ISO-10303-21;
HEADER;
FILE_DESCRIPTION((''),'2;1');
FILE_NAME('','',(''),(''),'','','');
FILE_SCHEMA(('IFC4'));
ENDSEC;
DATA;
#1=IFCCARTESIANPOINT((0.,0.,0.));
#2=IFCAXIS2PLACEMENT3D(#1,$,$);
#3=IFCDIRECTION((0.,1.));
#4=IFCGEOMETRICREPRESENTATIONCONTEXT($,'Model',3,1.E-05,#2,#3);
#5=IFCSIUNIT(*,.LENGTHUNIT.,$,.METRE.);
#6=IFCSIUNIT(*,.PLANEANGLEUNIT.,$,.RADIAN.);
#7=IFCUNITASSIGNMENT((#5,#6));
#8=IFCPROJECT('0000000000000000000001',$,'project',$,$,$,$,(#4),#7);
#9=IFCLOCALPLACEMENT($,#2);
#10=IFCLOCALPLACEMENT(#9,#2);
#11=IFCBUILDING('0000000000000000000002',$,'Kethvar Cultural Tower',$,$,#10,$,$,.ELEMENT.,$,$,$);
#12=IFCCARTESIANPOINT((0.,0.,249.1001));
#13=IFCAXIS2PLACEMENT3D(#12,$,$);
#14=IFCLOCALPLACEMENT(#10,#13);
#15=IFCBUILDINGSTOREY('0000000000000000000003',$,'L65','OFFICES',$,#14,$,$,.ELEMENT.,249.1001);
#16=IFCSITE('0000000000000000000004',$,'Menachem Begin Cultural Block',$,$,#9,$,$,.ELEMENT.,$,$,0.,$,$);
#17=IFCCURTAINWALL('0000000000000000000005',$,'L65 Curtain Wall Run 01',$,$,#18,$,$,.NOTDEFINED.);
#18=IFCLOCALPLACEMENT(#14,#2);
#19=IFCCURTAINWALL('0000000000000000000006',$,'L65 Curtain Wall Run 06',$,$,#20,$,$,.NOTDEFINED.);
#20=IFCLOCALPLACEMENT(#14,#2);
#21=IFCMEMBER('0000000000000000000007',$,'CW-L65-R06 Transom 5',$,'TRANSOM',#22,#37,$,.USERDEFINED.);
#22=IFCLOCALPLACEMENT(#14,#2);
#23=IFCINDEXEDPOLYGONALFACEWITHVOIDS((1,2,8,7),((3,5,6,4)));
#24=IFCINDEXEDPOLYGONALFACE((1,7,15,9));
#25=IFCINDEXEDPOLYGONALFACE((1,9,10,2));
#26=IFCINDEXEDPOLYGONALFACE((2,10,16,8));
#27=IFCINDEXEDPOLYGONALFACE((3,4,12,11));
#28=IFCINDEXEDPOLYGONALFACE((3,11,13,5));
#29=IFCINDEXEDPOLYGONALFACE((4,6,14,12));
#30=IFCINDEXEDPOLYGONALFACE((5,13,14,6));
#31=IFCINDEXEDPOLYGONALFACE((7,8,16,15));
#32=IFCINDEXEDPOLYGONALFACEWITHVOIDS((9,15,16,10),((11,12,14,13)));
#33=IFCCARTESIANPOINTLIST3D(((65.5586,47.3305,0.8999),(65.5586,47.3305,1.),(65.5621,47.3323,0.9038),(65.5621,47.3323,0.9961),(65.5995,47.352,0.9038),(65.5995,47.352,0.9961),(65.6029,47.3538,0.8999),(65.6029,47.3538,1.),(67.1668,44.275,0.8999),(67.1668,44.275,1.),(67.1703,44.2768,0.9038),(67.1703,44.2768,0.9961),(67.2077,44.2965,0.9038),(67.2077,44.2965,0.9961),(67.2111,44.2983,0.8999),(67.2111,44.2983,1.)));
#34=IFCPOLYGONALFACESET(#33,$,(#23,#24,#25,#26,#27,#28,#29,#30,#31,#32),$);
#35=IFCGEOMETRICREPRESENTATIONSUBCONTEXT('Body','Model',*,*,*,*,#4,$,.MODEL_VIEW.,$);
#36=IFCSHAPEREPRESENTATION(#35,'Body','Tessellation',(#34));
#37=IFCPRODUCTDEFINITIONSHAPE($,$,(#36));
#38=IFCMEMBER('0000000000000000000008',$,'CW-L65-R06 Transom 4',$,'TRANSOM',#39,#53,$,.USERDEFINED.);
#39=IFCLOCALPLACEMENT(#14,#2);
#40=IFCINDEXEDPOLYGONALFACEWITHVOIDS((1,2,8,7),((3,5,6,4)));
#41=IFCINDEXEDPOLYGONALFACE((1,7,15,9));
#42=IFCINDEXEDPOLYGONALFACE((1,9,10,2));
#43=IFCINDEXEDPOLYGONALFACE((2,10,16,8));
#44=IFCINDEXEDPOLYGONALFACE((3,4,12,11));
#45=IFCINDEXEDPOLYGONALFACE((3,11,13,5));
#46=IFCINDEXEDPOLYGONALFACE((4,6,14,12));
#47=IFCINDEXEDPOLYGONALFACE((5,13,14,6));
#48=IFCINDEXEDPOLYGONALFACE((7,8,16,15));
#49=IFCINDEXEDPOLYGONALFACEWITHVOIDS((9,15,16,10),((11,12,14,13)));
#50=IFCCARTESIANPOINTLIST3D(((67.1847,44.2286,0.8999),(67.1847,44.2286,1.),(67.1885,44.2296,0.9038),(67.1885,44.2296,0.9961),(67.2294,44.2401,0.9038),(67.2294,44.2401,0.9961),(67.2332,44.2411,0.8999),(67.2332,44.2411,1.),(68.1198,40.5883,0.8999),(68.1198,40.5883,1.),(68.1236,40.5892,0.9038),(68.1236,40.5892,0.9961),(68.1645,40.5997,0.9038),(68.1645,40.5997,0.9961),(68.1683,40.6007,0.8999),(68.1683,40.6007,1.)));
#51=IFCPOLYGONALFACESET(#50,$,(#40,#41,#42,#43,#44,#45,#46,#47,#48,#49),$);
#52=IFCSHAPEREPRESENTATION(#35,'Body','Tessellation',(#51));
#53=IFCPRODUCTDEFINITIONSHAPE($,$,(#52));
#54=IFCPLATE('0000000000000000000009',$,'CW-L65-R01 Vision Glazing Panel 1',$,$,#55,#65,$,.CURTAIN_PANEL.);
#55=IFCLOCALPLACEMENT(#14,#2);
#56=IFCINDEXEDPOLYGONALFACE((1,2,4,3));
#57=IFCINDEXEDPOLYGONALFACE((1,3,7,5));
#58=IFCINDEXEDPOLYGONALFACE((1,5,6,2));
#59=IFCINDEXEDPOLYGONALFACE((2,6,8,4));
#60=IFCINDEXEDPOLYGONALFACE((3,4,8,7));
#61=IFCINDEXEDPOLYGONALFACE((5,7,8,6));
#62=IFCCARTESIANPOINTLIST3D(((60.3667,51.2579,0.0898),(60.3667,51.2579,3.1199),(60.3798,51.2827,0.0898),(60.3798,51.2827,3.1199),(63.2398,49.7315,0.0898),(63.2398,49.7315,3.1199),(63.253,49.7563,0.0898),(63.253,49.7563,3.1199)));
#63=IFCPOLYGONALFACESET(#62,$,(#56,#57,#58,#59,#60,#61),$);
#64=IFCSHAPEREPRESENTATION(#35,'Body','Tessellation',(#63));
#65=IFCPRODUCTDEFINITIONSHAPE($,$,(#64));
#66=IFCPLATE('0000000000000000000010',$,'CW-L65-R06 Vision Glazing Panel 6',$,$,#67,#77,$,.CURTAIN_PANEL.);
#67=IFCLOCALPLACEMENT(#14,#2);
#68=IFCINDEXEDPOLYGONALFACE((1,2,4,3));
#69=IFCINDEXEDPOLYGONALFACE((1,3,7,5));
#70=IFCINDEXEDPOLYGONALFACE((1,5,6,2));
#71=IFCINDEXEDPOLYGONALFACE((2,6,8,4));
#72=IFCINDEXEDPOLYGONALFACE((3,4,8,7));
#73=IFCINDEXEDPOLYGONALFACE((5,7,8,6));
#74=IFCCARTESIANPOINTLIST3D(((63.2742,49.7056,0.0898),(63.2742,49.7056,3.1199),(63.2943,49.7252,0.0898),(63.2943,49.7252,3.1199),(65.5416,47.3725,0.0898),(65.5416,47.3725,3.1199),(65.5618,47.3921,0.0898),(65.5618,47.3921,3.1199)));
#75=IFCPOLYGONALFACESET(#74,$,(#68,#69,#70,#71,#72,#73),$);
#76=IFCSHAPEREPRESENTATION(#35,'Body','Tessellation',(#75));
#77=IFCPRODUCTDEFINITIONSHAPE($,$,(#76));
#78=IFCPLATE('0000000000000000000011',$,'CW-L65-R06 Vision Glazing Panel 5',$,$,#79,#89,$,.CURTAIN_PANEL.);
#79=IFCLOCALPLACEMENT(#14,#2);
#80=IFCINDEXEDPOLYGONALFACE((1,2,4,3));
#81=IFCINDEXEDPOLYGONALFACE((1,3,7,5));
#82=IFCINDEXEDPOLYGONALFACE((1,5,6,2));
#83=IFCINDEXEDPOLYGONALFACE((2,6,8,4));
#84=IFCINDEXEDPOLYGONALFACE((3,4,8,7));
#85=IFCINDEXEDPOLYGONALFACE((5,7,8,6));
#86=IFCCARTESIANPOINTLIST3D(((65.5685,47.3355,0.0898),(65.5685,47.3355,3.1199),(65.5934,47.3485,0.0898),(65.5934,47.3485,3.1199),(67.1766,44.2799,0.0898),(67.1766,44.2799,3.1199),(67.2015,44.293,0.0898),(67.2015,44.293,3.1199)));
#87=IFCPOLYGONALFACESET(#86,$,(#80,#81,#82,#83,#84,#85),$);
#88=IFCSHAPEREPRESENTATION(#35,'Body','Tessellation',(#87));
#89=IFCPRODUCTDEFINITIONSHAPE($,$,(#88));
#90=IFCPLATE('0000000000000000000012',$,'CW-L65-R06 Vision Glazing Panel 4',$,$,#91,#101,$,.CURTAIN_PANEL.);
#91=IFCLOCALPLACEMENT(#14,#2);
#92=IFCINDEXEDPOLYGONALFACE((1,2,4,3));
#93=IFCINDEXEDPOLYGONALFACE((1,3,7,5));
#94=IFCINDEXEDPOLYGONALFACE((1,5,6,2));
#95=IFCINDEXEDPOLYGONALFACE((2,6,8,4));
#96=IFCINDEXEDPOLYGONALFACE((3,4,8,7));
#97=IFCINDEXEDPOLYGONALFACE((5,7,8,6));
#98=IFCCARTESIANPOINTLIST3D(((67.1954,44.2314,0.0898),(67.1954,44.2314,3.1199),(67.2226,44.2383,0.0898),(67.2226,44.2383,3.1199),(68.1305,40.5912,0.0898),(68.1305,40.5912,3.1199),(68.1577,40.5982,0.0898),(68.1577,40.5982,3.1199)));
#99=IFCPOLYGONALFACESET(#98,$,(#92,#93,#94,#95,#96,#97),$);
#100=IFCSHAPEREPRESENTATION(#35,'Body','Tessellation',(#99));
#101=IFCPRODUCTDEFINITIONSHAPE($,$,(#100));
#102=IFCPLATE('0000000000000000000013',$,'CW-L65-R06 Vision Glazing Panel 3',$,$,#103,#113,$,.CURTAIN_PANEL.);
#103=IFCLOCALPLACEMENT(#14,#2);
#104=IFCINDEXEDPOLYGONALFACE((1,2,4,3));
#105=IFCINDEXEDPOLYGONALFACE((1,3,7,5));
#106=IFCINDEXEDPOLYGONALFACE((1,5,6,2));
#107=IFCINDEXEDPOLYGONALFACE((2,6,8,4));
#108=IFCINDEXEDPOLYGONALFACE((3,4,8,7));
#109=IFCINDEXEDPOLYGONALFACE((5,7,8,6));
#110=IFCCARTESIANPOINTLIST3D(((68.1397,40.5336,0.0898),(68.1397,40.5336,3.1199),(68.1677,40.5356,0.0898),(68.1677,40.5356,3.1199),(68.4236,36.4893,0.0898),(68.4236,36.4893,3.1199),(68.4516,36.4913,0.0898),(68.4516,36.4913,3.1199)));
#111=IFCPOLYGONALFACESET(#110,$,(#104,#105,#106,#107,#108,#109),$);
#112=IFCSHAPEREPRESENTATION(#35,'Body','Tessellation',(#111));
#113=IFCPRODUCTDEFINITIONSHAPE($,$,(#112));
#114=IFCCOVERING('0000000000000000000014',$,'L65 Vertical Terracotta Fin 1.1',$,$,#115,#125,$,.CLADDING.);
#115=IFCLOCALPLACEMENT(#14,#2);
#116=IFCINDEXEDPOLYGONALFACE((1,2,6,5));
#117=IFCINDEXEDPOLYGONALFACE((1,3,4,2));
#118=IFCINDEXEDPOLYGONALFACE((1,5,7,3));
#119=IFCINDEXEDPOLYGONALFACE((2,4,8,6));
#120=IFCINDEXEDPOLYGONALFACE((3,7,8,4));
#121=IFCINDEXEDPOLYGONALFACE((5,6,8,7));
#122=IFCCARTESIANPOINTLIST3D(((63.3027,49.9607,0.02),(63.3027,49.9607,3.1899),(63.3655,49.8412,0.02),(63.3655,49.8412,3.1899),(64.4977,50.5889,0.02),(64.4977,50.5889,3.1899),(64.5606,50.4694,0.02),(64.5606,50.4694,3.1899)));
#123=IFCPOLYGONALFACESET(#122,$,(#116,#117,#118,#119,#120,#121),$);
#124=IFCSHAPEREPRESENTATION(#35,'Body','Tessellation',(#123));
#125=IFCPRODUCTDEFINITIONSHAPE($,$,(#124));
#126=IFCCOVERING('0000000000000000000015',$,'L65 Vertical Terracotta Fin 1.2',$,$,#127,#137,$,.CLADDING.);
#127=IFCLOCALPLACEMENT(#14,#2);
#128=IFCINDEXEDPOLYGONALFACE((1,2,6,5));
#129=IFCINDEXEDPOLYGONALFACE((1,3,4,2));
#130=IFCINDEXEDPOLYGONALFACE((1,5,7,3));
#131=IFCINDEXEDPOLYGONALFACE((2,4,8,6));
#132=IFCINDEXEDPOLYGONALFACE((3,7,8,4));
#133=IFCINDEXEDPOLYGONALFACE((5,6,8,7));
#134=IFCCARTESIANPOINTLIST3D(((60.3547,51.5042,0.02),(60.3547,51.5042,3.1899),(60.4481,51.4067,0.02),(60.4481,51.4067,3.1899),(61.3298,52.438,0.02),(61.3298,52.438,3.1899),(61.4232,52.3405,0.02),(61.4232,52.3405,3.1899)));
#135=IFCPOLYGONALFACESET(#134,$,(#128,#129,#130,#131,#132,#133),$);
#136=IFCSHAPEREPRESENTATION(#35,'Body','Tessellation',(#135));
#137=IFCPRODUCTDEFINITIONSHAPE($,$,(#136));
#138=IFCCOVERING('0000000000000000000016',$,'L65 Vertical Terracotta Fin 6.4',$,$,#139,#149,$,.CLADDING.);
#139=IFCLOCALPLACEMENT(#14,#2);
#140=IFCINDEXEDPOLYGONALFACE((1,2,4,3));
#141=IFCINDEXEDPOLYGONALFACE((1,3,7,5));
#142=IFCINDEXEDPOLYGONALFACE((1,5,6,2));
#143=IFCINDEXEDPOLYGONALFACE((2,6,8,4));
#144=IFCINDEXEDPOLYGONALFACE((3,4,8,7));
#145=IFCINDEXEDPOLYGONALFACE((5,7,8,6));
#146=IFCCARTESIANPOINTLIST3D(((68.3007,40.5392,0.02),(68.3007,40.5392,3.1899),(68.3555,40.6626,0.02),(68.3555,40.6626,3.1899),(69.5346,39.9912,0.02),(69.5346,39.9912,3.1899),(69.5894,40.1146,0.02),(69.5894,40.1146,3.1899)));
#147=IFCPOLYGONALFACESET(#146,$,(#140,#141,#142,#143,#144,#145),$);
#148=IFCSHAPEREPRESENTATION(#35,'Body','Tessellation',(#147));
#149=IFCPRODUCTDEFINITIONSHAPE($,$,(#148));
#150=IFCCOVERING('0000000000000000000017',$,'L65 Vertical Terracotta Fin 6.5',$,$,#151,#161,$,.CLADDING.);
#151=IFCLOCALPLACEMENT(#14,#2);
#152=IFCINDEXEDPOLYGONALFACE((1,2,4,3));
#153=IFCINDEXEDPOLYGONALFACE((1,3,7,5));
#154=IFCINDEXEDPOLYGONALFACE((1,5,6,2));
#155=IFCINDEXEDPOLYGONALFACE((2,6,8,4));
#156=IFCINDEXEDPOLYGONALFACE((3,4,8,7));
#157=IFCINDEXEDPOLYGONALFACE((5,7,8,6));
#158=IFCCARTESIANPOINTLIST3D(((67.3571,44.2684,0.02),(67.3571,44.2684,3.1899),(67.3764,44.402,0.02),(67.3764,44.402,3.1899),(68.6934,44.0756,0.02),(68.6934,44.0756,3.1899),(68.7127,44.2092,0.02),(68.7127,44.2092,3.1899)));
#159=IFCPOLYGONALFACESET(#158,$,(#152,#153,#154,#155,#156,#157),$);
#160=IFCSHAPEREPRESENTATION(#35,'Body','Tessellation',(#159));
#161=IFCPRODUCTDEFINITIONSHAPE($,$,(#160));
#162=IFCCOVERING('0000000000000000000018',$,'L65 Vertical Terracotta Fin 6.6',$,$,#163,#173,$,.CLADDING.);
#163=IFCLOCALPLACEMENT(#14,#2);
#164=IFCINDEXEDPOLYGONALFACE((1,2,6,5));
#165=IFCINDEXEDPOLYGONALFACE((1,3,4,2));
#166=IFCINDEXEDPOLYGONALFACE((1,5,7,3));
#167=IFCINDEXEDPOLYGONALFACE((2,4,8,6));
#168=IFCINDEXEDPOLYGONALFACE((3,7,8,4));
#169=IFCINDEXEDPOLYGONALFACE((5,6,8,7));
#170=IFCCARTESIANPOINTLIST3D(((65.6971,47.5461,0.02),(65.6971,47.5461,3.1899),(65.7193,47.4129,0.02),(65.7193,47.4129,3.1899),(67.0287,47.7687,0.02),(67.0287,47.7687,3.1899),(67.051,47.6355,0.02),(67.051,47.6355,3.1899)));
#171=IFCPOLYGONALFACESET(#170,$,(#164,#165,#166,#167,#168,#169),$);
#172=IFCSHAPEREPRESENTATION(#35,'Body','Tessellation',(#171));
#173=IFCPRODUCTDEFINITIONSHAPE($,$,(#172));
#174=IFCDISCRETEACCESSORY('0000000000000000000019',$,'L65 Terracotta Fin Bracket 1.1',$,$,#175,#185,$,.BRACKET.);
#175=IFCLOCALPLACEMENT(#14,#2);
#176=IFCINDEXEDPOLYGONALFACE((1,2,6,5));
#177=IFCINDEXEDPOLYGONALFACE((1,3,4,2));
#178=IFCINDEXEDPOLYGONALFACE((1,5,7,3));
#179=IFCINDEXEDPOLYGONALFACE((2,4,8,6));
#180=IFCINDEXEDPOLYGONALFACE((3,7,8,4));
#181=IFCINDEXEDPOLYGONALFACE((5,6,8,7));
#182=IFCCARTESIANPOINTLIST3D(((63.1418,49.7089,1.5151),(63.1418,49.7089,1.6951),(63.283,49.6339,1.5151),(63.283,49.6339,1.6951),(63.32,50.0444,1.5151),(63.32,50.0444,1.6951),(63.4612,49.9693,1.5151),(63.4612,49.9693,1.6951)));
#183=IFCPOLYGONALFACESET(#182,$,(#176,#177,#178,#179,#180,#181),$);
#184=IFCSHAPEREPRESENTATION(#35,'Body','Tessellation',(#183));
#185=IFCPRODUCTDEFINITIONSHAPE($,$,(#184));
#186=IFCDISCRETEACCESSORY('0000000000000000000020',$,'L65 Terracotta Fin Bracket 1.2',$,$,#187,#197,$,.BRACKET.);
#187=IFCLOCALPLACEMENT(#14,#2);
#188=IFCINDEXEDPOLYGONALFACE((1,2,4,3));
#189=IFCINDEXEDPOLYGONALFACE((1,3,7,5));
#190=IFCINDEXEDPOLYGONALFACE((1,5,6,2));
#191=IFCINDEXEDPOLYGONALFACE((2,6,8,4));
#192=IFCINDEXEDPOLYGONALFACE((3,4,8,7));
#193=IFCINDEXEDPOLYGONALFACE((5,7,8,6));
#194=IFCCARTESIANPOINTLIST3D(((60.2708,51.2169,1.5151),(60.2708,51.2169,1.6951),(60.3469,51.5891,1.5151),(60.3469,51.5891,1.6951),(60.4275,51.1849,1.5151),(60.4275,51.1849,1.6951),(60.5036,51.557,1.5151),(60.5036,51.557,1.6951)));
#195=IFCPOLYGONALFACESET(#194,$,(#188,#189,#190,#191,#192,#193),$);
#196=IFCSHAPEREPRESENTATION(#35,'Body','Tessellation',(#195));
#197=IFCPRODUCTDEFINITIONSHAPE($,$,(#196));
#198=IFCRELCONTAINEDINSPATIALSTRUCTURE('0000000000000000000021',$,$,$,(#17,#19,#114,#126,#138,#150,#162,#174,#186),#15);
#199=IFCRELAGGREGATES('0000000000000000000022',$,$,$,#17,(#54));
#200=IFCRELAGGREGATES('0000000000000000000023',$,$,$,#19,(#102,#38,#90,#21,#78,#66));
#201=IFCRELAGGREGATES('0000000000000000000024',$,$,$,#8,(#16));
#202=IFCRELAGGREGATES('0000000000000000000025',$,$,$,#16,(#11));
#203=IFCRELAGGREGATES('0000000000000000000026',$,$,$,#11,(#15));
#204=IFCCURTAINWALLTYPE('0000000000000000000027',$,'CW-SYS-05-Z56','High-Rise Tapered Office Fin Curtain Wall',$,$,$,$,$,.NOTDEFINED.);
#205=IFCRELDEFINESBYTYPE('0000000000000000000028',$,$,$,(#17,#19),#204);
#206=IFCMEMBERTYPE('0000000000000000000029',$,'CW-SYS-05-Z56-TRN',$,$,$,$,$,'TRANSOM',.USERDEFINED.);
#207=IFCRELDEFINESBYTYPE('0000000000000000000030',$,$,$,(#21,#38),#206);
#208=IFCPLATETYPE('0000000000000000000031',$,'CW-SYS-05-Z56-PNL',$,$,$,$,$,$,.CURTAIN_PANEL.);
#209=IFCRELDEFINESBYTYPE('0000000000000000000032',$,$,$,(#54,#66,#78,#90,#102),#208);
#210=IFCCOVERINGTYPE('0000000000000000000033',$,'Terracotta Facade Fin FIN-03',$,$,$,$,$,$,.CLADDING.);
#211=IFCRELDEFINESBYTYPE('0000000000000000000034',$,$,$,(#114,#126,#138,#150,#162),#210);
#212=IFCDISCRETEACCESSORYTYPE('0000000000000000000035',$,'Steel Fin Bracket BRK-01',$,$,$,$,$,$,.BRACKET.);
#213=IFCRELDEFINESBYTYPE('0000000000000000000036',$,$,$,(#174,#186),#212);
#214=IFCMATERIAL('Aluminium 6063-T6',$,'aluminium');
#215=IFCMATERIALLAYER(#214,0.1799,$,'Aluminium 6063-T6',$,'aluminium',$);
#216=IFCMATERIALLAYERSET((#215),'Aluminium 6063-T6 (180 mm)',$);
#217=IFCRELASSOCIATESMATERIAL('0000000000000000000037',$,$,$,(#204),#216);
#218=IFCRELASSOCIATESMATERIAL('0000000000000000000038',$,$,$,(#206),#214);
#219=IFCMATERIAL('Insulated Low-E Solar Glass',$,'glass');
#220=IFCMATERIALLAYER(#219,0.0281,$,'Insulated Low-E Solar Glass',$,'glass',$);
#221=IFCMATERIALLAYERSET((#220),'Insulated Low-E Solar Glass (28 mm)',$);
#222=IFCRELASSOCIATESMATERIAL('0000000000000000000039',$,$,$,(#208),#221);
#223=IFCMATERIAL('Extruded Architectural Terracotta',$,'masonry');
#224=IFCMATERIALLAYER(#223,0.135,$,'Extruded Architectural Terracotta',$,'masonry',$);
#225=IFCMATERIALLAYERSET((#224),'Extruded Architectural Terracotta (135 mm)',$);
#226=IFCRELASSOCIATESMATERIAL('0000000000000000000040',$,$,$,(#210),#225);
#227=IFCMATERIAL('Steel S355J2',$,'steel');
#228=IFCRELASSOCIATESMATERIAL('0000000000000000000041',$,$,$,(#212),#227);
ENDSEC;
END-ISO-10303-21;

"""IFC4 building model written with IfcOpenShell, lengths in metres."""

from ifc_helpers import new_model, si_unit, direction, frame, origin, origin_2d, place, context, subcontext, project, spatial, rectangle, hollow_rectangle, extrude, source, transform, mapped, material, layer, layer_set, material_profile, profile_set, type_object, element, aggregate, save


model = new_model("IFC4")

# Units and contexts
model_context = context("Model", 3, precision=1e-05, world=origin(), true_north=direction((0.0, 1.0)))
body_context = subcontext(model_context, "Body", "Model", "MODEL_VIEW")
ifc_project = project(units=[si_unit("LENGTHUNIT", "METRE"), si_unit("PLANEANGLEUNIT", "RADIAN")], contexts=[model_context])

# Site, building, storey
site_placement = place(None, origin())
site = spatial("IfcSite", under=ifc_project, at=site_placement, Name="Menachem Begin Cultural Block", CompositionType="ELEMENT", RefElevation=0.0)
building_placement = place(site_placement, origin())
building = spatial("IfcBuilding", under=site, at=building_placement, Name="Kethvar Cultural Tower", CompositionType="ELEMENT")
storey_placement = place(building_placement, frame((0.0, 0.0, 249.1001)))
storey = spatial("IfcBuildingStorey", under=building, at=storey_placement, Name="L65", Description="OFFICES", CompositionType="ELEMENT", Elevation=249.1001)

# Shared definitions
ifc_material_1 = material(Name="Steel S355J2", Category="steel")

# Curtain walls
ifc_material_2 = material(Name="Aluminium 6063-T6", Category="aluminium")
ifc_layer_1 = layer(ifc_material_2, 0.1799, Name="Aluminium 6063-T6", Category="aluminium")
ifc_layer_set_1 = layer_set([ifc_layer_1], Name="Aluminium 6063-T6 (180 mm)")
curtain_wall_type = type_object("IfcCurtainWallType", Name="CW-SYS-05-Z56", Description="High-Rise Tapered Office Fin Curtain Wall", PredefinedType="NOTDEFINED", material=ifc_layer_set_1)
curtain_wall_1_placement = place(storey_placement, origin())
curtain_wall_1 = element("IfcCurtainWall", 1, at=curtain_wall_1_placement, inside=storey, type_object=curtain_wall_type, Name="L65 Curtain Wall Run 01", PredefinedType="NOTDEFINED")
curtain_wall_2_placement = place(storey_placement, origin())
curtain_wall_2 = element("IfcCurtainWall", 2, at=curtain_wall_2_placement, inside=storey, type_object=curtain_wall_type, Name="L65 Curtain Wall Run 06", PredefinedType="NOTDEFINED")

# Members
ifc_material_profile_1 = material_profile(ifc_material_2, hollow_rectangle(XDim=0.05, YDim=0.1001, WallThickness=0.0039, at=origin_2d()), Name="Aluminium 6063-T6 — RHS100x50x4")
ifc_profile_set_1 = profile_set([ifc_material_profile_1], Name="Aluminium 6063-T6 — RHS100x50x4")
member_type_1 = type_object("IfcMemberType", Name="CW-SYS-05-Z56-TRN", ElementType="TRANSOM", PredefinedType="USERDEFINED", material=ifc_profile_set_1)
shared_shape_1 = source(origin(), body_context, "Body", "SweptSolid", [
    extrude(hollow_rectangle(XDim=0.05, YDim=0.1001, WallThickness=0.0039, at=origin_2d()), origin(), (0.0, 0.0, 1.0), 3.4529),
])
member_1_placement = place(storey_placement, frame((67.189, 44.2866, 0.95), z_axis=(-0.465755, 0.884914, 0.0), x_axis=(-0.884914, -0.465755, 0.0)))
member_1 = element("IfcMember", 3, at=member_1_placement, type_object=member_type_1, Name="CW-L65-R06 Transom 5", ObjectType="TRANSOM", PredefinedType="USERDEFINED", context=body_context, shape_type="MappedRepresentation", body=[
    mapped(shared_shape_1, transform((0.0, 0.0, 0.0), scale=1.0)),
])
shared_shape_2 = source(origin(), body_context, "Body", "SweptSolid", [
    extrude(hollow_rectangle(XDim=0.05, YDim=0.1001, WallThickness=0.0039, at=origin_2d()), origin(), (0.0, 0.0, 1.0), 3.7585),
])
member_2_placement = place(storey_placement, frame((68.144, 40.5945, 0.95), z_axis=(-0.248782, 0.96856, 0.0), x_axis=(-0.96856, -0.248782, 0.0)))
member_2 = element("IfcMember", 4, at=member_2_placement, type_object=member_type_1, Name="CW-L65-R06 Transom 4", ObjectType="TRANSOM", PredefinedType="USERDEFINED", context=body_context, shape_type="MappedRepresentation", body=[
    mapped(shared_shape_2, transform((0.0, 0.0, 0.0), scale=1.0)),
])

# Plates
ifc_material_3 = material(Name="Insulated Low-E Solar Glass", Category="glass")
ifc_layer_2 = layer(ifc_material_3, 0.0281, Name="Insulated Low-E Solar Glass", Category="glass")
ifc_layer_set_2 = layer_set([ifc_layer_2], Name="Insulated Low-E Solar Glass (28 mm)")
plate_type = type_object("IfcPlateType", Name="CW-SYS-05-Z56-PNL", PredefinedType="CURTAIN_PANEL", material=ifc_layer_set_2)
shared_shape_3 = source(origin(), body_context, "Body", "SweptSolid", [
    extrude(rectangle(XDim=3.2534, YDim=0.0281, at=origin_2d()), origin(), (0.0, 0.0, 1.0), 3.03),
])
plate_1_placement = place(storey_placement, frame((61.8098, 50.5071, 0.0898), z_axis=(0.0, 0.0, 1.0), x_axis=(-0.883103, 0.469179, 0.0)))
plate_1 = element("IfcPlate", 5, at=plate_1_placement, type_object=plate_type, Name="CW-L65-R01 Vision Glazing Panel 1", PredefinedType="CURTAIN_PANEL", context=body_context, shape_type="MappedRepresentation", body=[
    mapped(shared_shape_3, transform((0.0, 0.0, 0.0), scale=1.0)),
])
aggregate(curtain_wall_1, [plate_1])
plate_2_placement = place(storey_placement, frame((64.418, 48.5488, 0.0898), z_axis=(0.0, 0.0, 1.0), x_axis=(-0.69694, 0.71713, 0.0)))
plate_2 = element("IfcPlate", 6, at=plate_2_placement, type_object=plate_type, Name="CW-L65-R06 Vision Glazing Panel 6", PredefinedType="CURTAIN_PANEL", context=body_context, shape_type="MappedRepresentation", body=[
    mapped(shared_shape_3, transform((0.0, 0.0, 0.0), scale=1.0)),
])
shared_shape_4 = source(origin(), body_context, "Body", "SweptSolid", [
    extrude(rectangle(XDim=3.4529, YDim=0.0281, at=origin_2d()), origin(), (0.0, 0.0, 1.0), 3.03),
])
plate_3_placement = place(storey_placement, frame((66.385, 45.8142, 0.0898), z_axis=(0.0, 0.0, 1.0), x_axis=(-0.465723, 0.884931, 0.0)))
plate_3 = element("IfcPlate", 7, at=plate_3_placement, type_object=plate_type, Name="CW-L65-R06 Vision Glazing Panel 5", PredefinedType="CURTAIN_PANEL", context=body_context, shape_type="MappedRepresentation", body=[
    mapped(shared_shape_4, transform((0.0, 0.0, 0.0), scale=1.0)),
])
shared_shape_5 = source(origin(), body_context, "Body", "SweptSolid", [
    extrude(rectangle(XDim=3.7583, YDim=0.0281, at=origin_2d()), origin(), (0.0, 0.0, 1.0), 3.03),
])
plate_4_placement = place(storey_placement, frame((67.6765, 42.4148, 0.0898), z_axis=(0.0, 0.0, 1.0), x_axis=(-0.248808, 0.968553, 0.0)))
plate_4 = element("IfcPlate", 8, at=plate_4_placement, type_object=plate_type, Name="CW-L65-R06 Vision Glazing Panel 4", PredefinedType="CURTAIN_PANEL", context=body_context, shape_type="MappedRepresentation", body=[
    mapped(shared_shape_5, transform((0.0, 0.0, 0.0), scale=1.0)),
])
shared_shape_6 = source(origin(), body_context, "Body", "SweptSolid", [
    extrude(rectangle(XDim=4.0542, YDim=0.0281, at=origin_2d()), origin(), (0.0, 0.0, 1.0), 3.03),
])
plate_5_placement = place(storey_placement, frame((68.2957, 38.5125, 0.0898), z_axis=(0.0, 0.0, 1.0), x_axis=(-0.070035, 0.997545, 0.0)))
plate_5 = element("IfcPlate", 9, at=plate_5_placement, type_object=plate_type, Name="CW-L65-R06 Vision Glazing Panel 3", PredefinedType="CURTAIN_PANEL", context=body_context, shape_type="MappedRepresentation", body=[
    mapped(shared_shape_6, transform((0.0, 0.0, 0.0), scale=1.0)),
])
aggregate(curtain_wall_2, [plate_5, member_2, plate_4, member_1, plate_3, plate_2])

# Coverings
ifc_material_4 = material(Name="Extruded Architectural Terracotta", Category="masonry")
ifc_layer_3 = layer(ifc_material_4, 0.135, Name="Extruded Architectural Terracotta", Category="masonry")
ifc_layer_set_3 = layer_set([ifc_layer_3], Name="Extruded Architectural Terracotta (135 mm)")
covering_type = type_object("IfcCoveringType", Name="Terracotta Facade Fin FIN-03", PredefinedType="CLADDING", material=ifc_layer_set_3)
shared_shape_7 = source(origin(), body_context, "Body", "SweptSolid", [
    extrude(rectangle(XDim=1.3501, YDim=0.135, at=origin_2d()), origin(), (0.0, 0.0, 1.0), 3.1699),
])
for number, where, z_axis, x_axis, name in (
    (10, (63.9316, 50.2151, 0.02), (0.0, 0.0, 1.0), (0.88515, 0.465306, 0.0), "L65 Vertical Terracotta Fin 1.1"),
    (11, (60.8889, 51.9224, 0.02), (0.0, 0.0, 1.0), (0.722243, 0.691639, 0.0), "L65 Vertical Terracotta Fin 1.2"),
    (12, (68.9451, 40.3269, 0.02), (0.0, 0.0, 1.0), (0.9139, -0.405939, 0.0), "L65 Vertical Terracotta Fin 6.4"),
    (13, (68.0349, 44.2388, 0.02), (0.0, 0.0, 1.0), (0.989751, -0.142802, 0.0), "L65 Vertical Terracotta Fin 6.5"),
    (14, (66.374, 47.5908, 0.02), (0.0, 0.0, 1.0), (0.986314, 0.164875, 0.0), "L65 Vertical Terracotta Fin 6.6"),
):
    element("IfcCovering", number, at=place(storey_placement, frame(where, z_axis=z_axis, x_axis=x_axis)), inside=storey, type_object=covering_type, Name=name, PredefinedType="CLADDING", context=body_context, shape_type="MappedRepresentation", body=[
        mapped(shared_shape_7, transform((0.0, 0.0, 0.0), scale=1.0)),
    ])

# Discrete accessories
discrete_accessory_type = type_object("IfcDiscreteAccessoryType", Name="Steel Fin Bracket BRK-01", PredefinedType="BRACKET", material=ifc_material_1)
shared_shape_8 = source(origin(), body_context, "Body", "SweptSolid", [
    extrude(rectangle(XDim=0.3799, YDim=0.1599, at=origin_2d()), origin(), (0.0, 0.0, 1.0), 0.1799),
])
for number, where, z_axis, x_axis, name in (
    (15, (63.3015, 49.8391, 1.5151), (0.0, 0.0, 1.0), (0.469163, 0.883111, 0.0), "L65 Terracotta Fin Bracket 1.1"),
    (16, (60.3872, 51.387, 1.5151), (0.0, 0.0, 1.0), (0.200394, 0.979715, 0.0), "L65 Terracotta Fin Bracket 1.2"),
):
    element("IfcDiscreteAccessory", number, at=place(storey_placement, frame(where, z_axis=z_axis, x_axis=x_axis)), inside=storey, type_object=discrete_accessory_type, Name=name, PredefinedType="BRACKET", context=body_context, shape_type="MappedRepresentation", body=[
        mapped(shared_shape_8, transform((0.0, 0.0, 0.0), scale=1.0)),
    ])

save(model, "model.ifc")
